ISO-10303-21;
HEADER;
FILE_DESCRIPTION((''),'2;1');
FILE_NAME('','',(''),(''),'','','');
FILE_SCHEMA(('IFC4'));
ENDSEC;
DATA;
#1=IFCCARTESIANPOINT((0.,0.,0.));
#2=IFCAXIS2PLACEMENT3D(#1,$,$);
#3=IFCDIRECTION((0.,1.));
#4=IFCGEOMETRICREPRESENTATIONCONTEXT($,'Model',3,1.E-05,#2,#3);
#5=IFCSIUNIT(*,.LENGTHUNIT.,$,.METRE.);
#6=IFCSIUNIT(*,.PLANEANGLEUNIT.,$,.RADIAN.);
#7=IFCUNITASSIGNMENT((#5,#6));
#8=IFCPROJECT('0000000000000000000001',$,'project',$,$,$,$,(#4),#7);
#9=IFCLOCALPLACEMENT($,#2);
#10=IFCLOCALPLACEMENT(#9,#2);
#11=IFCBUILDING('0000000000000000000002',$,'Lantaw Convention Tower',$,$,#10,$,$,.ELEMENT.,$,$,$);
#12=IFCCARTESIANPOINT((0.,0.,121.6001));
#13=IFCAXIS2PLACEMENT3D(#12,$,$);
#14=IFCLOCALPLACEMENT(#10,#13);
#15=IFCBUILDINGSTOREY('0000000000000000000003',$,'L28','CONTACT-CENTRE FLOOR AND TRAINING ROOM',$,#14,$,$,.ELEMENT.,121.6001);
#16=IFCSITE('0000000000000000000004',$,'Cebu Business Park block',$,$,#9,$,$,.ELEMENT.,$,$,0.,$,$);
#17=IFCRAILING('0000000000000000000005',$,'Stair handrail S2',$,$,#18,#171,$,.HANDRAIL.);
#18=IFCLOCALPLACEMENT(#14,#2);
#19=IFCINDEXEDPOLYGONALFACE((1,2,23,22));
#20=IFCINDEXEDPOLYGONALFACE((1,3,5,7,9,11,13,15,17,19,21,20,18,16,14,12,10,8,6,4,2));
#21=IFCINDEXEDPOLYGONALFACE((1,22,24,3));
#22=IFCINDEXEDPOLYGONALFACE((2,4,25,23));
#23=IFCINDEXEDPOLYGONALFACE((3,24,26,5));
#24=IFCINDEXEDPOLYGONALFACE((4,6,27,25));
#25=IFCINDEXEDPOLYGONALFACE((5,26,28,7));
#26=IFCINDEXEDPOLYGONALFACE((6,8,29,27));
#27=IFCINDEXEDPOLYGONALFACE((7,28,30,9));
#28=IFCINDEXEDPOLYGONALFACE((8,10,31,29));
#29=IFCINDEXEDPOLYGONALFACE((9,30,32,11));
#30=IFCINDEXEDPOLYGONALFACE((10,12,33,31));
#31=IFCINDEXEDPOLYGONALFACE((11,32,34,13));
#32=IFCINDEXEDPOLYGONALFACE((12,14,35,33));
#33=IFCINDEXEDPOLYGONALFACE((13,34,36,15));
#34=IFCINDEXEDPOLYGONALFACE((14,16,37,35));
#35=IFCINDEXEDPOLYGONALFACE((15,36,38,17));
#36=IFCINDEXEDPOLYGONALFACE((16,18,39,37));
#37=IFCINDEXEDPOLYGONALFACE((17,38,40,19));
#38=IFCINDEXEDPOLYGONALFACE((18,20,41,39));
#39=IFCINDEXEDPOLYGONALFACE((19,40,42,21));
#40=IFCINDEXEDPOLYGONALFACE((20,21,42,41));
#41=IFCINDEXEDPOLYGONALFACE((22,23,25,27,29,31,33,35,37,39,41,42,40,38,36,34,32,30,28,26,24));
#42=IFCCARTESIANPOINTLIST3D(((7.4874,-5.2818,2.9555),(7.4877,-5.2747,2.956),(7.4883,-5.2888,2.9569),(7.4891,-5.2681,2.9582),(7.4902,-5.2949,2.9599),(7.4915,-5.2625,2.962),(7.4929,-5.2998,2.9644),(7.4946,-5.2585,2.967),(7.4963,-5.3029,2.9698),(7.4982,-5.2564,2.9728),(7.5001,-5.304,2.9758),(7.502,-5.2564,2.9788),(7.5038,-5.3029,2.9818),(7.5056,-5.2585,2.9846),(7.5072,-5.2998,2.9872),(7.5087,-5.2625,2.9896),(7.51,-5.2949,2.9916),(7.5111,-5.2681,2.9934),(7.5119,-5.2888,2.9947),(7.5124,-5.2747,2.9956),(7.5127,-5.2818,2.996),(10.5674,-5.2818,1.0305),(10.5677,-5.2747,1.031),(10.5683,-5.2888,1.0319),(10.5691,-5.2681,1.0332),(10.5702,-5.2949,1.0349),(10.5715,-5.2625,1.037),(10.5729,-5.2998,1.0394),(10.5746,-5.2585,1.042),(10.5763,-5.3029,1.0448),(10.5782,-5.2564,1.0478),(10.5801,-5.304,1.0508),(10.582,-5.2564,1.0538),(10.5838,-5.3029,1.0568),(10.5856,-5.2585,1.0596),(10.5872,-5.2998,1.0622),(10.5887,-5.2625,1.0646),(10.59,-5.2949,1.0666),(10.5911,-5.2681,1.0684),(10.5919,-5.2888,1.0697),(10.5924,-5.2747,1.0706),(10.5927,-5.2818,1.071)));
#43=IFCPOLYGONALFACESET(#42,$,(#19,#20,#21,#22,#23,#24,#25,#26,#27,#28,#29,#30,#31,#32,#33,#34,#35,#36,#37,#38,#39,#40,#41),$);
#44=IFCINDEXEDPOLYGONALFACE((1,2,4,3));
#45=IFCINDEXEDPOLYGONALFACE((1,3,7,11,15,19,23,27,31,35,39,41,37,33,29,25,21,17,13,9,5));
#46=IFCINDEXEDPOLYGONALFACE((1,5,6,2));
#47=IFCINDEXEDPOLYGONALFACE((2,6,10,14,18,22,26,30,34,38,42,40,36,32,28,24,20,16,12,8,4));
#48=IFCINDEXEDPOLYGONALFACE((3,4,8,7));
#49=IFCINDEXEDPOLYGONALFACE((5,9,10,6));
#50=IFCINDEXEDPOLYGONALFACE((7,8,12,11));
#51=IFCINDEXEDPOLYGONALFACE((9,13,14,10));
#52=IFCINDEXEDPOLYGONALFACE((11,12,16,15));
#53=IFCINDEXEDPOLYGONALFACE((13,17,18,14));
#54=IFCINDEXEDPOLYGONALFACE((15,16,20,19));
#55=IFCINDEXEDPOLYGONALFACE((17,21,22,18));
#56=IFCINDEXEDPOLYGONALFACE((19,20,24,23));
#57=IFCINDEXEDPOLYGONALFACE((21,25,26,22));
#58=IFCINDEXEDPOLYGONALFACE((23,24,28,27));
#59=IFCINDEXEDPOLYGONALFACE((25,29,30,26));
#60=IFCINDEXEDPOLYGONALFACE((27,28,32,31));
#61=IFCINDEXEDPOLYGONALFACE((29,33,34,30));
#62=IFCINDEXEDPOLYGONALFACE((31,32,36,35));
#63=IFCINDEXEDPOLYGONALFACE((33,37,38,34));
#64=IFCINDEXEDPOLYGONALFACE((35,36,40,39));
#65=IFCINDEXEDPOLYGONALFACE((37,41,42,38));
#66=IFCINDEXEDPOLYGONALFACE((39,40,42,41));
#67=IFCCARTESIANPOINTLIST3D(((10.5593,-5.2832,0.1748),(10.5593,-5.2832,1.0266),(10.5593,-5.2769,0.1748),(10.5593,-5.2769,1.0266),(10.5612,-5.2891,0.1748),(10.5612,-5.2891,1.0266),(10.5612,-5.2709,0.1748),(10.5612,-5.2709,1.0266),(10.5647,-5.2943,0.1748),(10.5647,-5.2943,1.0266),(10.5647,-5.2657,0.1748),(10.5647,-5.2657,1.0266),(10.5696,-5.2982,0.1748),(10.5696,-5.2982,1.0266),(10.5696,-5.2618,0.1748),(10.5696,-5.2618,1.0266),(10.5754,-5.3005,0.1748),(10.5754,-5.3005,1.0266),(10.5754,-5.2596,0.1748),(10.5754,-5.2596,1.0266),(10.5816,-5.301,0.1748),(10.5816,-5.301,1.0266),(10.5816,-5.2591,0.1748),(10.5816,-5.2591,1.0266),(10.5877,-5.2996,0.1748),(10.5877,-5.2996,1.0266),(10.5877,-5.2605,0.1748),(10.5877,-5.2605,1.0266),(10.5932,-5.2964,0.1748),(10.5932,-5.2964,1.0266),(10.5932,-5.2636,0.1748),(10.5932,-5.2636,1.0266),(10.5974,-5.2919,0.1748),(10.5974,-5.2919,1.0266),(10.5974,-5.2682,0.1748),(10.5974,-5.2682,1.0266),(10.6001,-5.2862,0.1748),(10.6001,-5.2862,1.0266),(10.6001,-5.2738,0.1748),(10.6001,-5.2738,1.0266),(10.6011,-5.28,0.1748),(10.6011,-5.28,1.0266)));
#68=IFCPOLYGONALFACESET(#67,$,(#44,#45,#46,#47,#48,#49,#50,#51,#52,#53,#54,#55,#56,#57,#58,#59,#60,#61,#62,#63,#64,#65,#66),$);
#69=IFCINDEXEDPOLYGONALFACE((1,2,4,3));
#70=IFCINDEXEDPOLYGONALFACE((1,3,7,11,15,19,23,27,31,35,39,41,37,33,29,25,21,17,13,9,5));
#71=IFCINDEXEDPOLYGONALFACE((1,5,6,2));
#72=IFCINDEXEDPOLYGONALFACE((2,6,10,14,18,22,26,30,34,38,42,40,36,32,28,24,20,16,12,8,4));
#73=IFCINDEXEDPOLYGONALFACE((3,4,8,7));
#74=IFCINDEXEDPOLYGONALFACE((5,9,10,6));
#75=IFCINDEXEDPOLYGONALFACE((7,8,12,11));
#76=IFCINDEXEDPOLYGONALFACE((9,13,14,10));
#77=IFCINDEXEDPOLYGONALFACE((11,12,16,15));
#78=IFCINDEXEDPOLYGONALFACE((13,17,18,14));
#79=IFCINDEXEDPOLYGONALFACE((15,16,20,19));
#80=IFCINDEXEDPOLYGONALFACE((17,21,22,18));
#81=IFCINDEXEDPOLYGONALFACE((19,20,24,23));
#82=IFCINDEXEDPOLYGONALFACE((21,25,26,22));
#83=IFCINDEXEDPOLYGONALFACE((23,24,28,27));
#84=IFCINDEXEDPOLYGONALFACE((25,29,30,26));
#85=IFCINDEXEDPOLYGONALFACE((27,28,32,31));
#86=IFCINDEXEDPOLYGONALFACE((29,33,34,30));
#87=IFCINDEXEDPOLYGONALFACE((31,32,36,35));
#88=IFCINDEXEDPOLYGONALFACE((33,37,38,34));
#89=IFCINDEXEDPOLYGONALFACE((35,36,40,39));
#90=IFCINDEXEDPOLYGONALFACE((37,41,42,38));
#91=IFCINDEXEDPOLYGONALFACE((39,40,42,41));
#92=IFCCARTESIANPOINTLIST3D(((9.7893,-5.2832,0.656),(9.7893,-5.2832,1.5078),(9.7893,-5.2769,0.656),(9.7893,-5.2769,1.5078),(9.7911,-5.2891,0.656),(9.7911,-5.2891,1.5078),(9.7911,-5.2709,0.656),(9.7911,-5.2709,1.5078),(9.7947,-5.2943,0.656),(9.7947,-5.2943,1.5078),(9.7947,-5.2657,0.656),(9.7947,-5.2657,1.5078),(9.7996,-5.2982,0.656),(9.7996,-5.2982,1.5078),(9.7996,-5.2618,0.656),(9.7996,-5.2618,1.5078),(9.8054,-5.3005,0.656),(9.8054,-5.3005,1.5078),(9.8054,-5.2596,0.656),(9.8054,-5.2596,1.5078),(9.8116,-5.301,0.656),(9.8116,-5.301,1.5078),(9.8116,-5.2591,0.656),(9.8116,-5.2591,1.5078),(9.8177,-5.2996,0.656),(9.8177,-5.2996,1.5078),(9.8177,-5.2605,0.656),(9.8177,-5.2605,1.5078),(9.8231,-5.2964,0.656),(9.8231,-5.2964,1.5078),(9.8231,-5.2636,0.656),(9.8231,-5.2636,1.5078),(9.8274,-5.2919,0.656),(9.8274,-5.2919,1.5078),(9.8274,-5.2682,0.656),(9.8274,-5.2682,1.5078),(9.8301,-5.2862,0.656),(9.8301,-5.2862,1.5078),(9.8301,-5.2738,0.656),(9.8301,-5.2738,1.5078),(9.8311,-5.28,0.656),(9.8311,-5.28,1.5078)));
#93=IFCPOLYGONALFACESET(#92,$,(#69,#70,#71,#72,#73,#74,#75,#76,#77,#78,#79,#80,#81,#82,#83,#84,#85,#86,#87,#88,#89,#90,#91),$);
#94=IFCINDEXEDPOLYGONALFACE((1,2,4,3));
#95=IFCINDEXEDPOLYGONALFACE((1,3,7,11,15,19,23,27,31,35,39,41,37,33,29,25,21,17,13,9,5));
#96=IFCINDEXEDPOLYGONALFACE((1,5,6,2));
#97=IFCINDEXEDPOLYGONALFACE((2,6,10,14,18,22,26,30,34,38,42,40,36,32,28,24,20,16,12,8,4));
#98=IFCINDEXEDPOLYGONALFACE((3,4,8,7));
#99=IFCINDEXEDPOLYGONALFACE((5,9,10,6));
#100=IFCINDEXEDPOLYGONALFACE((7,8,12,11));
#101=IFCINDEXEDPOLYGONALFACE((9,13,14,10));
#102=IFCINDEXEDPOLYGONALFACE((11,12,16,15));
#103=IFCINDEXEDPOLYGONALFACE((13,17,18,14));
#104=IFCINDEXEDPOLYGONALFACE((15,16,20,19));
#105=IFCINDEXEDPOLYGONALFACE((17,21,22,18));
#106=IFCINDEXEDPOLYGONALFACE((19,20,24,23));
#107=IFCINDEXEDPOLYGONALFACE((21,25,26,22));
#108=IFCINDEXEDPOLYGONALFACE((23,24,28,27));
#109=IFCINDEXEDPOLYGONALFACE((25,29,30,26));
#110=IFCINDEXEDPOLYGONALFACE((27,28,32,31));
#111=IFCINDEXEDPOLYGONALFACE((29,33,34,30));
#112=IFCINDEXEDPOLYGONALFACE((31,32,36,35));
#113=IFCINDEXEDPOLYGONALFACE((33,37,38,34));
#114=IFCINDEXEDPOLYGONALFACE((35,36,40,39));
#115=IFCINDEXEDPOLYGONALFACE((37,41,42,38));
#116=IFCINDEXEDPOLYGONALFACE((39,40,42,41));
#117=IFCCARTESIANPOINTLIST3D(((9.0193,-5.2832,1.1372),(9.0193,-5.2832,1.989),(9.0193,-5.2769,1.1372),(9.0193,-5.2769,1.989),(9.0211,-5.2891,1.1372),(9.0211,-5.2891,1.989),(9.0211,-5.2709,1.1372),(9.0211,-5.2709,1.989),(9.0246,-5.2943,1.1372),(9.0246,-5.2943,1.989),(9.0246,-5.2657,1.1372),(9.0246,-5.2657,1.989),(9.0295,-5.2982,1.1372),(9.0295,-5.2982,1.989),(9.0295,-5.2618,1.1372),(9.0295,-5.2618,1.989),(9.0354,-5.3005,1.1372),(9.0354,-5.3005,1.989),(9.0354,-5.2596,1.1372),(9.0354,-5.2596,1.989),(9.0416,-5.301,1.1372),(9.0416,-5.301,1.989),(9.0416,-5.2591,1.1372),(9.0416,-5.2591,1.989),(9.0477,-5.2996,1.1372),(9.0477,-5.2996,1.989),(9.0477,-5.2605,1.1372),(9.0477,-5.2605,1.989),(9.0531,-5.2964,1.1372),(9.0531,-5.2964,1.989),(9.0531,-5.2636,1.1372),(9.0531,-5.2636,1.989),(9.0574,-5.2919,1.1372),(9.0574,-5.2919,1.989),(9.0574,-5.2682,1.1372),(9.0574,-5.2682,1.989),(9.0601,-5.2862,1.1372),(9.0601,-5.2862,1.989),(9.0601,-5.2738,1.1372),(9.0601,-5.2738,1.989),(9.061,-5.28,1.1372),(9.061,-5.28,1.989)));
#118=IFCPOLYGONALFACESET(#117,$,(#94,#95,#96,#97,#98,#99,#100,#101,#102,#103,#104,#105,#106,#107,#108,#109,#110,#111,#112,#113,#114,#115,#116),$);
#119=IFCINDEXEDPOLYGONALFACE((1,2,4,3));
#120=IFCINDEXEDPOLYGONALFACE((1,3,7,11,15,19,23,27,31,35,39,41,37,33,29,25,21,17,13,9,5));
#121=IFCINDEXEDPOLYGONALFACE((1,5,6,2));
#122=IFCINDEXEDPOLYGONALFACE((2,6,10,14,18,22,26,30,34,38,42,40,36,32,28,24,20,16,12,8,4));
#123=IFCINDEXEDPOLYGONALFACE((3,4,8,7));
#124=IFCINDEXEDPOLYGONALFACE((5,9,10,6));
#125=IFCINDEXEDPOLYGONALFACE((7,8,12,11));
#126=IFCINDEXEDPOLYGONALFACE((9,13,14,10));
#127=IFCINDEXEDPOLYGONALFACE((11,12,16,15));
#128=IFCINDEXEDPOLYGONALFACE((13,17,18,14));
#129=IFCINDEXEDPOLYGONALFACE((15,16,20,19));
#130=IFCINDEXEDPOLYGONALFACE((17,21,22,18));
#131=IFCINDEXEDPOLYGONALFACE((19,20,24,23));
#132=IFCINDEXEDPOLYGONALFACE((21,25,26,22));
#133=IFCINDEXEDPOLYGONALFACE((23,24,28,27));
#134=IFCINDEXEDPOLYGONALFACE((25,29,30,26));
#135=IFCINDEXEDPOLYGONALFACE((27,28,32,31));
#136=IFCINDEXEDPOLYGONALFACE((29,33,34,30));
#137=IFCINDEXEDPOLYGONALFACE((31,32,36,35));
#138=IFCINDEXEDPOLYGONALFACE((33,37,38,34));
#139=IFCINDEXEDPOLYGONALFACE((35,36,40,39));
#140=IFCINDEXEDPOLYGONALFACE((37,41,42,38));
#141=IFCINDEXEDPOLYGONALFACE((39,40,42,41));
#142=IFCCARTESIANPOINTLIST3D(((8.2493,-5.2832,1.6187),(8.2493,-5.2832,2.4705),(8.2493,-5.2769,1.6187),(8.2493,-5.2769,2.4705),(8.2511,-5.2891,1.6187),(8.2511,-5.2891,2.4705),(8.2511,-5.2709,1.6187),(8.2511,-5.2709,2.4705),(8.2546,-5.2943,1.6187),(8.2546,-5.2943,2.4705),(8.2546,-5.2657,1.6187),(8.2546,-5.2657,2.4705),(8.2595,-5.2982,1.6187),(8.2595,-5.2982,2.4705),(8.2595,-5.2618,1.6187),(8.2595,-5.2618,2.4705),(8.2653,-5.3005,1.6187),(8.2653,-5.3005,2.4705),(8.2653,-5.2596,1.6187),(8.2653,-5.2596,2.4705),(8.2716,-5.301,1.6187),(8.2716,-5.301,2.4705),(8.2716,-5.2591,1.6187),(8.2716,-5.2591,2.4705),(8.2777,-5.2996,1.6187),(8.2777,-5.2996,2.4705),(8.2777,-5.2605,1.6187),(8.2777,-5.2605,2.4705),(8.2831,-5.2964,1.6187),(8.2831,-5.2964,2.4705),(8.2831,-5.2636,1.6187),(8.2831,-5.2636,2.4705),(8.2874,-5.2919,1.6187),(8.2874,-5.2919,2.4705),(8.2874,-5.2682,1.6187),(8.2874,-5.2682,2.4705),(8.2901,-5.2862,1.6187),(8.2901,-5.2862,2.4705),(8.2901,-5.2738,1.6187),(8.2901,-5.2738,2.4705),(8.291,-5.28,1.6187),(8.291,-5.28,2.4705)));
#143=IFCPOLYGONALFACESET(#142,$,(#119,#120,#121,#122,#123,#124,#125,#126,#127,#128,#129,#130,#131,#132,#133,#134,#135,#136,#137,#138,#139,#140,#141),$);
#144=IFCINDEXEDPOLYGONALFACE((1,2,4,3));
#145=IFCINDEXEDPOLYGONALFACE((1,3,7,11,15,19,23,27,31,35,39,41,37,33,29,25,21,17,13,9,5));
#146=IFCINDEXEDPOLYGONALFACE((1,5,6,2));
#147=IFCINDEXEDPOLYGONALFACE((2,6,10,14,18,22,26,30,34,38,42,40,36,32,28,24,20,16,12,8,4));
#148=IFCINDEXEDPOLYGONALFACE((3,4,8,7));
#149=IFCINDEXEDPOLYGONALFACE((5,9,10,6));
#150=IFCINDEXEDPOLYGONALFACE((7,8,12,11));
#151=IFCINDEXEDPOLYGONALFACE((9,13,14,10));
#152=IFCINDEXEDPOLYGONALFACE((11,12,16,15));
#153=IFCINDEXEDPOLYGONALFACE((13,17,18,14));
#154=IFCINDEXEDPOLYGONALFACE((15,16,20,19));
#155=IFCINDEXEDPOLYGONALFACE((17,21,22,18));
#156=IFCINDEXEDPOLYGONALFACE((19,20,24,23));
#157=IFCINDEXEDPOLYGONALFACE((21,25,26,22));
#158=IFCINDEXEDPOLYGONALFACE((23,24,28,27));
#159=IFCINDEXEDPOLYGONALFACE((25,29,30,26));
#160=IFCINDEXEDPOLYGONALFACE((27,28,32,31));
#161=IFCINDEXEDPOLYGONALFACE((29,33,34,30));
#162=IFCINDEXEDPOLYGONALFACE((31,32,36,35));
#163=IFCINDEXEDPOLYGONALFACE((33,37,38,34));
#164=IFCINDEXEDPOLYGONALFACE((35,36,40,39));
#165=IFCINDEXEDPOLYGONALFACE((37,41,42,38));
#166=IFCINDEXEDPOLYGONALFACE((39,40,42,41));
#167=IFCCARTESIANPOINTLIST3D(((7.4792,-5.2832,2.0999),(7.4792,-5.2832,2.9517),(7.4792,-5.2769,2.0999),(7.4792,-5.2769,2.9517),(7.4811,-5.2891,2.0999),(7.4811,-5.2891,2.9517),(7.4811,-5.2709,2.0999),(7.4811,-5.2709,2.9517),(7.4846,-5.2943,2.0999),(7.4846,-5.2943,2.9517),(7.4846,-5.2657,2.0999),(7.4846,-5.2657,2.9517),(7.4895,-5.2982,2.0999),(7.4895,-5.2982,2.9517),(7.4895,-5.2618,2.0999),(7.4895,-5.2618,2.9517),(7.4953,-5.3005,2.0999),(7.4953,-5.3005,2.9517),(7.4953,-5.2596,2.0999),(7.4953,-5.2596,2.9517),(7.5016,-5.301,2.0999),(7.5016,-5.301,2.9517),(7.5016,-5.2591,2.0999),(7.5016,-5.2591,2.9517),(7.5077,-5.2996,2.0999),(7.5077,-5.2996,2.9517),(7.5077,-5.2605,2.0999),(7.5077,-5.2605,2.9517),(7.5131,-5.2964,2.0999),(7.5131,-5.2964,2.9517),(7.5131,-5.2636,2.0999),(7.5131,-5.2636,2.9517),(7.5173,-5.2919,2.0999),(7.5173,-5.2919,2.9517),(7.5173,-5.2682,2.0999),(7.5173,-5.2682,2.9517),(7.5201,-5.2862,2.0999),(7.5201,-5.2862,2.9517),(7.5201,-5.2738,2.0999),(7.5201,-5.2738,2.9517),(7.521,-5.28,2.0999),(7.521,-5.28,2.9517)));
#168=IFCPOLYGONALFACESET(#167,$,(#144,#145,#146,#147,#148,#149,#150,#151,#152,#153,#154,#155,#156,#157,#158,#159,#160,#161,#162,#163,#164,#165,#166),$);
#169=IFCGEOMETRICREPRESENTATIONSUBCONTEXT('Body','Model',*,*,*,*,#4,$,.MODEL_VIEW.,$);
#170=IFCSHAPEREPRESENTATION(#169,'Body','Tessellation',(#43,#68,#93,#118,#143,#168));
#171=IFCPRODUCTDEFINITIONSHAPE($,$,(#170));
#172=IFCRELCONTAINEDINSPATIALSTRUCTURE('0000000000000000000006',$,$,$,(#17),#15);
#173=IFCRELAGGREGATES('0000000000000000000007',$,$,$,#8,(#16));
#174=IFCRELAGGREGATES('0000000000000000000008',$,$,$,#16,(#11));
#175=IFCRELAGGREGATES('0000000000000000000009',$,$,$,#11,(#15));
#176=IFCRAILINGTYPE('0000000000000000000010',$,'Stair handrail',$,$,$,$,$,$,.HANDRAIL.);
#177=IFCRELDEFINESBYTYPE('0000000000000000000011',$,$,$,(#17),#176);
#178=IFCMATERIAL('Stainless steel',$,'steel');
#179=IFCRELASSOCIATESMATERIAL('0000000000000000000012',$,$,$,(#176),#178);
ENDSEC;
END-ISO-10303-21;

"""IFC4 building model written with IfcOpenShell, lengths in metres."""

from ifc_helpers import new_model, si_unit, direction, frame, origin, origin_2d, place, context, subcontext, project, spatial, circle, extrude, material, type_object, element, save


model = new_model("IFC4")

# Units and contexts
model_context = context("Model", 3, precision=1e-05, world=origin(), true_north=direction((0.0, 1.0)))
body_context = subcontext(model_context, "Body", "Model", "MODEL_VIEW")
ifc_project = project(units=[si_unit("LENGTHUNIT", "METRE"), si_unit("PLANEANGLEUNIT", "RADIAN")], contexts=[model_context])

# Site, building, storey
site_placement = place(None, origin())
site = spatial("IfcSite", under=ifc_project, at=site_placement, Name="Cebu Business Park block", CompositionType="ELEMENT", RefElevation=0.0)
building_placement = place(site_placement, origin())
building = spatial("IfcBuilding", under=site, at=building_placement, Name="Lantaw Convention Tower", CompositionType="ELEMENT")
storey_placement = place(building_placement, frame((0.0, 0.0, 121.6001)))
storey = spatial("IfcBuildingStorey", under=building, at=storey_placement, Name="L28", Description="CONTACT-CENTRE FLOOR AND TRAINING ROOM", CompositionType="ELEMENT", Elevation=121.6001)

# Railing
ifc_material_1 = material(Name="Stainless steel", Category="steel")
railing_type = type_object("IfcRailingType", Name="Stair handrail", PredefinedType="HANDRAIL", material=ifc_material_1)
railing_1_placement = place(storey_placement, frame((10.5801, -5.28, 0.1748)))
element("IfcRailing", 1, at=railing_1_placement, inside=storey, type_object=railing_type, Name="Stair handrail S2", PredefinedType="HANDRAIL", context=body_context, shape_type="SweptSolid", body=[
    extrude(circle(Radius=0.0239, at=origin_2d()), frame((0.0, 0.0, 0.876), z_axis=(-0.847998, 0.0, 0.529999), x_axis=(0.0, -1.0, 0.0)), (0.0, 0.0, 1.0), 3.6321),
    extrude(circle(Radius=0.021, at=origin_2d()), origin(), (0.0, 0.0, 1.0), 0.8518),
    extrude(circle(Radius=0.021, at=origin_2d()), frame((-0.77, 0.0, 0.4812)), (0.0, 0.0, 1.0), 0.8518),
    extrude(circle(Radius=0.021, at=origin_2d()), frame((-1.54, 0.0, 0.9624)), (0.0, 0.0, 1.0), 0.8518),
    extrude(circle(Radius=0.021, at=origin_2d()), frame((-2.3101, 0.0, 1.4438)), (0.0, 0.0, 1.0), 0.8518),
    extrude(circle(Radius=0.021, at=origin_2d()), frame((-3.0801, 0.0, 1.925)), (0.0, 0.0, 1.0), 0.8518),
])

save(model, "model.ifc")
